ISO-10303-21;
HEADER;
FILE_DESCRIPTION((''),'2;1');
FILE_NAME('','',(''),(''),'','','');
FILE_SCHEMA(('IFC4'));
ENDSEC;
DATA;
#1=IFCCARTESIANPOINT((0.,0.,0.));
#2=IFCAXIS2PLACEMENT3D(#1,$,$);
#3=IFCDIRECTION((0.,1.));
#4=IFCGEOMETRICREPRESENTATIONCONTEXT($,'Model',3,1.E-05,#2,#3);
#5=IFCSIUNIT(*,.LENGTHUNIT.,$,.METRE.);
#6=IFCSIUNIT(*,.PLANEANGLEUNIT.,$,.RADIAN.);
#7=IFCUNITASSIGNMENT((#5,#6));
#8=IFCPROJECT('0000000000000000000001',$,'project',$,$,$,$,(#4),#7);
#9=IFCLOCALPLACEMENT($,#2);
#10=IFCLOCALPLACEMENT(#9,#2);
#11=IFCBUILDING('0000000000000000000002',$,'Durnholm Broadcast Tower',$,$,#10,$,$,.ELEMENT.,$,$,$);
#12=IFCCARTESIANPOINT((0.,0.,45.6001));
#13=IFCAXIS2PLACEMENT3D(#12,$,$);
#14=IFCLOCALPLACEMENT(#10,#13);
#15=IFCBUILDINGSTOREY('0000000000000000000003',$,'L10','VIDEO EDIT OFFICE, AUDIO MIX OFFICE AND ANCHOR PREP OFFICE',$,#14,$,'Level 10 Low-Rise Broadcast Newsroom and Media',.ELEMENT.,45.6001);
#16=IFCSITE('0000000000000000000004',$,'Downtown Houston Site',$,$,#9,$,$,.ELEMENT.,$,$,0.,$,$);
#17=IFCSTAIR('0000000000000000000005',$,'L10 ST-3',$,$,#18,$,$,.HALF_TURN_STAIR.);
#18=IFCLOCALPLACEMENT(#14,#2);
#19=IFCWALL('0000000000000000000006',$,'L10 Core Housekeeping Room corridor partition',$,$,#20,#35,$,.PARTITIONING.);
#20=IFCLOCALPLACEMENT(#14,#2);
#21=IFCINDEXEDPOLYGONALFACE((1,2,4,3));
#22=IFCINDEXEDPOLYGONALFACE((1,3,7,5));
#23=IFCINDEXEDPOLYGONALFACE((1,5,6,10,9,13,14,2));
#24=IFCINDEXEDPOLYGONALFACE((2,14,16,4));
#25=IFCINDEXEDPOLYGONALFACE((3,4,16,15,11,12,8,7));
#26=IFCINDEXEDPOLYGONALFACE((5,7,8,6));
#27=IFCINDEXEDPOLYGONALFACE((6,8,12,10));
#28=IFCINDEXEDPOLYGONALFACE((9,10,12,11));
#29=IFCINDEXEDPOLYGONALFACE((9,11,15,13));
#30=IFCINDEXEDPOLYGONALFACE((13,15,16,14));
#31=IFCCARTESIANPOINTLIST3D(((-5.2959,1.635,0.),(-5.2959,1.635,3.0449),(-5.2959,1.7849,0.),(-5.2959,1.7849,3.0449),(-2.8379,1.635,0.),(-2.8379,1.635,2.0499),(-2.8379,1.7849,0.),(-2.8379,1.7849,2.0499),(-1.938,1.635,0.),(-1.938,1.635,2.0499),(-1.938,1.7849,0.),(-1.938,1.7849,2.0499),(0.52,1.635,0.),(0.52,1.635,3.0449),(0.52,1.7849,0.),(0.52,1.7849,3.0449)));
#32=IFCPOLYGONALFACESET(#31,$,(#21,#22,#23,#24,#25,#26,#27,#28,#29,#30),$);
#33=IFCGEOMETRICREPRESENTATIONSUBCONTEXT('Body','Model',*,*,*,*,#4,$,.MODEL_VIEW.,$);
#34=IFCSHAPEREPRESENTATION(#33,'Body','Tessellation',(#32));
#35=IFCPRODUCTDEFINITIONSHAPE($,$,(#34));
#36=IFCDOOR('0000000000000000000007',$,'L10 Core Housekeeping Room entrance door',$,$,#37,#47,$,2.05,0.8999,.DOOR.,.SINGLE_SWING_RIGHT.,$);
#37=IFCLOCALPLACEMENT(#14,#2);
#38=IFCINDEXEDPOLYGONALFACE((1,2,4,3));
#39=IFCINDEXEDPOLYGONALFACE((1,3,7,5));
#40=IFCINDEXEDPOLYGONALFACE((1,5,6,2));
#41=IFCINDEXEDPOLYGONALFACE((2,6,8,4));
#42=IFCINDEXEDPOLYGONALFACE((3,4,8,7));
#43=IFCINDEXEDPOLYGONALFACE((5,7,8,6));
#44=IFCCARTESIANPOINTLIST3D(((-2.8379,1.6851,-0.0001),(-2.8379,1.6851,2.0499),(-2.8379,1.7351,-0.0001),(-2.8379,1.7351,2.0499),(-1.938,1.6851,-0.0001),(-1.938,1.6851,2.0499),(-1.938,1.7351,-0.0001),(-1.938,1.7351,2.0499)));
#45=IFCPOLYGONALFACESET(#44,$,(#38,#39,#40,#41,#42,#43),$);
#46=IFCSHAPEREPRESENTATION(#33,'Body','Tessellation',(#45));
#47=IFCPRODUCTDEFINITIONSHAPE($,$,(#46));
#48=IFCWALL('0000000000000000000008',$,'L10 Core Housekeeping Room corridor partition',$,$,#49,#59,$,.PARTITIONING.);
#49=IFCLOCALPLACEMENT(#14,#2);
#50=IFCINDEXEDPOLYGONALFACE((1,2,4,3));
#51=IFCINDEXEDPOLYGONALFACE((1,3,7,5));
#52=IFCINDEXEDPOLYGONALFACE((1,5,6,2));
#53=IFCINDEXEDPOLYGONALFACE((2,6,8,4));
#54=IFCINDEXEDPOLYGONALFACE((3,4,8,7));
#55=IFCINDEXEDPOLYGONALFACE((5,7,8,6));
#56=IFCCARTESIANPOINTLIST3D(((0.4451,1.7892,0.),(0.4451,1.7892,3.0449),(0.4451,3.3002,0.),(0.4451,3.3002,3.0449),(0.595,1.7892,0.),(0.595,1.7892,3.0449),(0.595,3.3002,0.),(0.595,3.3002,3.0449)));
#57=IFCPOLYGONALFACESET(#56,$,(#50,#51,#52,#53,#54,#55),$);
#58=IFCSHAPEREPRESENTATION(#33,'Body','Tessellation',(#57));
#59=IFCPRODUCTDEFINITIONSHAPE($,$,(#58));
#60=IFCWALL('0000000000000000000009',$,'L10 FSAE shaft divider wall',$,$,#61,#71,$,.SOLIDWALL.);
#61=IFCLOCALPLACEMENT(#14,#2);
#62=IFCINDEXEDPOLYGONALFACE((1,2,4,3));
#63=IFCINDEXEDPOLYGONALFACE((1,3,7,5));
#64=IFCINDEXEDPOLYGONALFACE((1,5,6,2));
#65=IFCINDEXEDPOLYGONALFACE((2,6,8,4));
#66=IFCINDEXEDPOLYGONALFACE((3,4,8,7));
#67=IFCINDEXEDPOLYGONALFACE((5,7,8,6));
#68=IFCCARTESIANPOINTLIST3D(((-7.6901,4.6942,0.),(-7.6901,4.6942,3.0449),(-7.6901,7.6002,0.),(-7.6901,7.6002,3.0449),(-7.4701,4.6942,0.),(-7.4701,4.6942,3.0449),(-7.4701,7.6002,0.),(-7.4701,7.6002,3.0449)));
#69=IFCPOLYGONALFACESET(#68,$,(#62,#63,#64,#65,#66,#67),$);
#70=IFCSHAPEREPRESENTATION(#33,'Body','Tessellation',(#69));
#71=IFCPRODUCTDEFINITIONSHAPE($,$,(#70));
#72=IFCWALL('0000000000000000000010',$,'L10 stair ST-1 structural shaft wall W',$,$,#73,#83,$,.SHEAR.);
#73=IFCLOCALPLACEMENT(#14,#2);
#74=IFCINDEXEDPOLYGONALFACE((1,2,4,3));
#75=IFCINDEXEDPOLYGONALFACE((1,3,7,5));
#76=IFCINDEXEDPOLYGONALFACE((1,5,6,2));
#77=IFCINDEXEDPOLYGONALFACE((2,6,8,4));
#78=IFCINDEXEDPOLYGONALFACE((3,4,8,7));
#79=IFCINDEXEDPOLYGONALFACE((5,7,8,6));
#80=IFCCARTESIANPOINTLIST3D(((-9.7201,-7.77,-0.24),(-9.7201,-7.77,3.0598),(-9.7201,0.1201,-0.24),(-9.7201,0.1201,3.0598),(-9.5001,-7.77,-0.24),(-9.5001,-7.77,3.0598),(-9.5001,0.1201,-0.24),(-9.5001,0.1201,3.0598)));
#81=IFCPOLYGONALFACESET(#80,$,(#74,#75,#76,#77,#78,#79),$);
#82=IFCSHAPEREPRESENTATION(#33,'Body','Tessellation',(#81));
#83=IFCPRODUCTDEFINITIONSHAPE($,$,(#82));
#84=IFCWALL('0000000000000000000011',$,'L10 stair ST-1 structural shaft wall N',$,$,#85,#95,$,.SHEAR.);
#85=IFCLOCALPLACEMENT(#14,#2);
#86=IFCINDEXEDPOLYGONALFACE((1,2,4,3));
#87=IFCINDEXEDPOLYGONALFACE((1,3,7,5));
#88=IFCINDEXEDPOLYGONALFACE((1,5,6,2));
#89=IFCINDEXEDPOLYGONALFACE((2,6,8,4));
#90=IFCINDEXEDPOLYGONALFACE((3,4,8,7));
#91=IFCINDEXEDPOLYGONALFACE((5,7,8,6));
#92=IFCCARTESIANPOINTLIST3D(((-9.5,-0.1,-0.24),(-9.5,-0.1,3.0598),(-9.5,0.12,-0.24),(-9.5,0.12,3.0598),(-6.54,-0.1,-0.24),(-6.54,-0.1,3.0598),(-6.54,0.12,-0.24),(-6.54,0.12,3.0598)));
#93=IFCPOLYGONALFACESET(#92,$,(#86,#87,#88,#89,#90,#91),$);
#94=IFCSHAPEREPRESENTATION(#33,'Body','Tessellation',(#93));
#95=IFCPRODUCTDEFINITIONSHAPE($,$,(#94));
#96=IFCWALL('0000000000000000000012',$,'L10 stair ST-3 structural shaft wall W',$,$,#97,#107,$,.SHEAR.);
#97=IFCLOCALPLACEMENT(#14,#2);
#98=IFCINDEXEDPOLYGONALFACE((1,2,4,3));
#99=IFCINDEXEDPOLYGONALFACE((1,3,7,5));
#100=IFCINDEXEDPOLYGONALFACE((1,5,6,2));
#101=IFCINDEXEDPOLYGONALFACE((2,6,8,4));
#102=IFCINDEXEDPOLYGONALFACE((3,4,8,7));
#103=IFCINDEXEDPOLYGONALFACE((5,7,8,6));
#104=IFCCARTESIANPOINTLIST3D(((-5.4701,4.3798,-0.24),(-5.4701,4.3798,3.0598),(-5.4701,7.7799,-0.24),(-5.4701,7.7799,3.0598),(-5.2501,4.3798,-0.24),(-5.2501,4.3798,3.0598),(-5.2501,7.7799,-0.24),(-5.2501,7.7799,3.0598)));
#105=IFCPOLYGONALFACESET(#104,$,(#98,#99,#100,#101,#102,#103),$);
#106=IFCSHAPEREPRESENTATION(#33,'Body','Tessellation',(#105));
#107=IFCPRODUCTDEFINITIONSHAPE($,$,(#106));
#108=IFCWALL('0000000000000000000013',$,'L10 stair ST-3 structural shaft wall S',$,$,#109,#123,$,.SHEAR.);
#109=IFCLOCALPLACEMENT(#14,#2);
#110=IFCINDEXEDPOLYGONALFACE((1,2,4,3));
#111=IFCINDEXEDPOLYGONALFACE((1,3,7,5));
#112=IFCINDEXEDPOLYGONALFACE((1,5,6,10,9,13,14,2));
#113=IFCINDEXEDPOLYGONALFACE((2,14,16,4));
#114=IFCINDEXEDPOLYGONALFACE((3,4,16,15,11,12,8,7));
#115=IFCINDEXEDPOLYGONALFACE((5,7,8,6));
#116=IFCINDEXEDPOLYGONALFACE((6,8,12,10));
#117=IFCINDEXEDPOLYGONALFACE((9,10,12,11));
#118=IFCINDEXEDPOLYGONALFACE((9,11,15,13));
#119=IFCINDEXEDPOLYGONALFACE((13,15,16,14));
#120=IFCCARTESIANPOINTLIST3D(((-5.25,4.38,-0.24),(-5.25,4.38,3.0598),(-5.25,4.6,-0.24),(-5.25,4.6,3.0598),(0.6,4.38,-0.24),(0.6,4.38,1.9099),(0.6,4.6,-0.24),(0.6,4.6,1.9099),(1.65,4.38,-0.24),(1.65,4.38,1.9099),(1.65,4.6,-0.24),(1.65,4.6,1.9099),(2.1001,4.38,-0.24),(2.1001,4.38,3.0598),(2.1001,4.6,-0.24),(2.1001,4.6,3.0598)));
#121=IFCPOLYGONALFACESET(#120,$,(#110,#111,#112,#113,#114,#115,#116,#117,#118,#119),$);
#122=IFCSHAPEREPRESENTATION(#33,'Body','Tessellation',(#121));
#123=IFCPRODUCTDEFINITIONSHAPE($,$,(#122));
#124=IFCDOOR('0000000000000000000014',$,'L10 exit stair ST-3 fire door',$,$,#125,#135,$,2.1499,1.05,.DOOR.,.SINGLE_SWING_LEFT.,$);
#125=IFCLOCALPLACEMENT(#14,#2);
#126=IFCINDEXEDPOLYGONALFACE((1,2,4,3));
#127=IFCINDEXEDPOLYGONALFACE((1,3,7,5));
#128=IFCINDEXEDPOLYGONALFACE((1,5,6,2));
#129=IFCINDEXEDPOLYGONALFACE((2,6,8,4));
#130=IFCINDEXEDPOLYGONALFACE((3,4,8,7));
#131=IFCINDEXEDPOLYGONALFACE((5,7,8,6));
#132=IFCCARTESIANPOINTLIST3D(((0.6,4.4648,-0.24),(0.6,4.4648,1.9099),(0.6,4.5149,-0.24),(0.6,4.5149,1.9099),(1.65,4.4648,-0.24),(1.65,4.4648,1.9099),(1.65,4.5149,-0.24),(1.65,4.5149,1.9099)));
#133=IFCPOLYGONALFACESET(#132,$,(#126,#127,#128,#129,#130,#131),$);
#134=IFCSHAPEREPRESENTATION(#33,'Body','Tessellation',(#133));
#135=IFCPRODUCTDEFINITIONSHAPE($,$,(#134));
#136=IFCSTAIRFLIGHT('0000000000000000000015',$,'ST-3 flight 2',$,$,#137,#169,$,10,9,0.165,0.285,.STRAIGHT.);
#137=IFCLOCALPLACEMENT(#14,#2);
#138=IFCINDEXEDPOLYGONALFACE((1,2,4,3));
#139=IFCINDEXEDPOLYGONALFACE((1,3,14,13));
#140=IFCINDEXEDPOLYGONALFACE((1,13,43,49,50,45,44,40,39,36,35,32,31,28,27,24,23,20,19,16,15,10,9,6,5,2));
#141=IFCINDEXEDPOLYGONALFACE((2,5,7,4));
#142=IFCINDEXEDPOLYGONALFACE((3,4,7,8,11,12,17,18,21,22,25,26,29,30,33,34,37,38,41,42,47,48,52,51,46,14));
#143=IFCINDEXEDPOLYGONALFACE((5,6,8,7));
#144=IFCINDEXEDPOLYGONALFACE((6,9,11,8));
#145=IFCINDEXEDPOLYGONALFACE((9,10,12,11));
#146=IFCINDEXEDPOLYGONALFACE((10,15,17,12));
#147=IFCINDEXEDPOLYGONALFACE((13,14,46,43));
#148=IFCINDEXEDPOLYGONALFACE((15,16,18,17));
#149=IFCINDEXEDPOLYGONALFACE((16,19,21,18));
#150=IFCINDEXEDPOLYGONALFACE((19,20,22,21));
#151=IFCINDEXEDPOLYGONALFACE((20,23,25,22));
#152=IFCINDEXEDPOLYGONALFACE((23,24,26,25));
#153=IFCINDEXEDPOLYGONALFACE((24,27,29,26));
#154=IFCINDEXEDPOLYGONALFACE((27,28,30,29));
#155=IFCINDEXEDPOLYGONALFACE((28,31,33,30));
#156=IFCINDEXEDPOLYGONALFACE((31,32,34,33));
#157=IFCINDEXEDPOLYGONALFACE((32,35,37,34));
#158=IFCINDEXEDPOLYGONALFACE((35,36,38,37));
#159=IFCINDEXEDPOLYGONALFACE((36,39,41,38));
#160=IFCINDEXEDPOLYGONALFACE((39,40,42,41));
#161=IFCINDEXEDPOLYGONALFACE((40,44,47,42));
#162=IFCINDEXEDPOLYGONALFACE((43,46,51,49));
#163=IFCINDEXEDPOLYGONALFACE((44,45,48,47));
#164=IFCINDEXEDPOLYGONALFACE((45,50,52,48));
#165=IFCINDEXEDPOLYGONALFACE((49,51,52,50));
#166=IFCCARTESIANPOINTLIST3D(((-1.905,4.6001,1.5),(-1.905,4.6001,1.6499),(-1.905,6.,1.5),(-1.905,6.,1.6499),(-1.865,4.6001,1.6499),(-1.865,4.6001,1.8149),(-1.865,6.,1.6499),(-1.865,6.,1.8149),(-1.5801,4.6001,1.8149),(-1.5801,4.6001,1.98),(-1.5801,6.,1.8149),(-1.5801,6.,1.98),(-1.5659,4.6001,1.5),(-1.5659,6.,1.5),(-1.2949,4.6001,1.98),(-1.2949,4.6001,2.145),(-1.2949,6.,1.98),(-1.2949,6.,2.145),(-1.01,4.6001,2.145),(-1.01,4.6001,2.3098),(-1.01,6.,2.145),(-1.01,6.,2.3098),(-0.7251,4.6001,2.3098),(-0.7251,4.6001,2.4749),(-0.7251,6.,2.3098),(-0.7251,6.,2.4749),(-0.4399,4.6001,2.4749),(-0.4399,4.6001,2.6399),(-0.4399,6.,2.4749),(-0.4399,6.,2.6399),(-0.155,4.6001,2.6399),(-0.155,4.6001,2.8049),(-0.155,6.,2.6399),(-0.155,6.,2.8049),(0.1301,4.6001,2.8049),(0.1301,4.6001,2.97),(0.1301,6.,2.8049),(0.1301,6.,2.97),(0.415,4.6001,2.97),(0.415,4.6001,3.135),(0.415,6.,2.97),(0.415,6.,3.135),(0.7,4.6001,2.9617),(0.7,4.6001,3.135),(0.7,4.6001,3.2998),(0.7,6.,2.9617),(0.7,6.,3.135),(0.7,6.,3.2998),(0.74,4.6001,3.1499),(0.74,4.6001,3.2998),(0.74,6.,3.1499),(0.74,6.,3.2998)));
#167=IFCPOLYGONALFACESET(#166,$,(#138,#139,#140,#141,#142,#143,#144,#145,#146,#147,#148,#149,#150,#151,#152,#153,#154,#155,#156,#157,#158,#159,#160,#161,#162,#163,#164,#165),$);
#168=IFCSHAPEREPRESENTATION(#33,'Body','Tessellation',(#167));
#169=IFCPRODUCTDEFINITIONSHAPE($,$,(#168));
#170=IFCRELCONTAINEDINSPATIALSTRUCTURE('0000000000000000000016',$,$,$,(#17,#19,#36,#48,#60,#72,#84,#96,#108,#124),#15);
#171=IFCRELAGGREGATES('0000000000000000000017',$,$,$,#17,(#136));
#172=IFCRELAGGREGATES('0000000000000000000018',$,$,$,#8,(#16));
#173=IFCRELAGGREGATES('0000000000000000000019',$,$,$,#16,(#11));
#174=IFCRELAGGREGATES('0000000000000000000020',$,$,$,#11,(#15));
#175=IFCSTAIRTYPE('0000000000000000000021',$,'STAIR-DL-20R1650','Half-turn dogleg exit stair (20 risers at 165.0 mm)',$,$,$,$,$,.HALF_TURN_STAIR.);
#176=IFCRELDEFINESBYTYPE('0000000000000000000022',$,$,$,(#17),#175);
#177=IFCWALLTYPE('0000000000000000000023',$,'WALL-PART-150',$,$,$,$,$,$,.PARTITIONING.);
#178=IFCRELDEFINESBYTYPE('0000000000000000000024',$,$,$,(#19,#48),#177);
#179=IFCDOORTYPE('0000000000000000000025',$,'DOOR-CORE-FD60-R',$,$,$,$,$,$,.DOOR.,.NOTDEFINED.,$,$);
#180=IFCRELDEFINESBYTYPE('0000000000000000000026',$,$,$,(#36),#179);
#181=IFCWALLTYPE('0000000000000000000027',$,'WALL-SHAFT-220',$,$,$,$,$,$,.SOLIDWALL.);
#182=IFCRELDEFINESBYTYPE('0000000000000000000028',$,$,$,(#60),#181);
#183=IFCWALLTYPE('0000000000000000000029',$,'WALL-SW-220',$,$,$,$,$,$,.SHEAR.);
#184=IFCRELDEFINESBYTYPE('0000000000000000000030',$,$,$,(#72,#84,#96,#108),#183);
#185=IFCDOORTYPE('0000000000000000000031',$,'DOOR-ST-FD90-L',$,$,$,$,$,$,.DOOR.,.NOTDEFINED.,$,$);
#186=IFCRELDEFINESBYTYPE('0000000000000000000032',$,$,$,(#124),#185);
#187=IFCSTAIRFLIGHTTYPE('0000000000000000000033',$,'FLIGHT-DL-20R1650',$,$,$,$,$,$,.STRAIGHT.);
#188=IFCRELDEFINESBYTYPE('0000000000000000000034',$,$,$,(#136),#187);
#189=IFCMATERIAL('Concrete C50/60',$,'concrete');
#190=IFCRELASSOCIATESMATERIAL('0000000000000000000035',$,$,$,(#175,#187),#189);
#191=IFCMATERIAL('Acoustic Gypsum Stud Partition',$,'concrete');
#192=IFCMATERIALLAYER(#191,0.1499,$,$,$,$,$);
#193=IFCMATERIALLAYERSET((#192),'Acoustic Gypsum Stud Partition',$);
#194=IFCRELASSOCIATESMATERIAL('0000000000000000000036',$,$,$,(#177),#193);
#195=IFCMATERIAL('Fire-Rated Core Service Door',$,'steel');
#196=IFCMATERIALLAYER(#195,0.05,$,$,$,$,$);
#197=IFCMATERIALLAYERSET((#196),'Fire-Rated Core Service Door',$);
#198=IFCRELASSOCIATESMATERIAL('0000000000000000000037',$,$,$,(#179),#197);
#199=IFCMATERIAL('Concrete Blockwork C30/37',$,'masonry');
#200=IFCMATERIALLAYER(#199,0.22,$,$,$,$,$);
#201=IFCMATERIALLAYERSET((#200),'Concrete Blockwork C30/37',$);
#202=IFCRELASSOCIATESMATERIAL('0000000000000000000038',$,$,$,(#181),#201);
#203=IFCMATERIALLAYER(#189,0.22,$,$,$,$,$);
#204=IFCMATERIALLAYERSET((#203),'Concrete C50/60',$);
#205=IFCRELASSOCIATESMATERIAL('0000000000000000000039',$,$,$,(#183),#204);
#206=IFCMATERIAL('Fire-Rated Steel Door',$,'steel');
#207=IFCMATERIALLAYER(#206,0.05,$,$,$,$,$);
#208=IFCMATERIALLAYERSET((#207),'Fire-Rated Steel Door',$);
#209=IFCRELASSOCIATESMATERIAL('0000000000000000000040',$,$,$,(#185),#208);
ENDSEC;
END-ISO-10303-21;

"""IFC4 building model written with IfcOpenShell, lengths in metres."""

from ifc_helpers import new_model, si_unit, direction, frame, frame_2d, origin, place, context, subcontext, project, spatial, polyline, rectangle, outline, extrude, source, transform, mapped, material, layer, layer_set, type_object, type_shapes, element, fill, aggregate, save


model = new_model("IFC4")

# Units and contexts
model_context = context("Model", 3, precision=1e-05, world=origin(), true_north=direction((0.0, 1.0)))
body_context = subcontext(model_context, "Body", "Model", "MODEL_VIEW")
ifc_project = project(units=[si_unit("LENGTHUNIT", "METRE"), si_unit("PLANEANGLEUNIT", "RADIAN")], contexts=[model_context])

# Site, building, storey
site_placement = place(None, origin())
site = spatial("IfcSite", under=ifc_project, at=site_placement, Name="Downtown Houston Site", CompositionType="ELEMENT", RefElevation=0.0)
building_placement = place(site_placement, origin())
building = spatial("IfcBuilding", under=site, at=building_placement, Name="Durnholm Broadcast Tower", CompositionType="ELEMENT")
storey_placement = place(building_placement, frame((0.0, 0.0, 45.6001)))
storey = spatial("IfcBuildingStorey", under=building, at=storey_placement, Name="L10", Description="VIDEO EDIT OFFICE, AUDIO MIX OFFICE AND ANCHOR PREP OFFICE", LongName="Level 10 Low-Rise Broadcast Newsroom and Media", CompositionType="ELEMENT", Elevation=45.6001)

# Stair
ifc_material_1 = material(Name="Concrete C50/60", Category="concrete")
stair_type = type_object("IfcStairType", Name="STAIR-DL-20R1650", Description="Half-turn dogleg exit stair (20 risers at 165.0 mm)", PredefinedType="HALF_TURN_STAIR", material=ifc_material_1)
stair_1_placement = place(storey_placement, origin())
stair_1 = element("IfcStair", 1, at=stair_1_placement, inside=storey, type_object=stair_type, Name="L10 ST-3", PredefinedType="HALF_TURN_STAIR")

# Wall, opening, door
ifc_material_2 = material(Name="Acoustic Gypsum Stud Partition", Category="concrete")
ifc_layer_1 = layer(ifc_material_2, 0.1499)
ifc_layer_set_1 = layer_set([ifc_layer_1], Name="Acoustic Gypsum Stud Partition")
wall_type_1 = type_object("IfcWallType", Name="WALL-PART-150", PredefinedType="PARTITIONING", material=ifc_layer_set_1)
wall_1_placement = place(storey_placement, frame((0.52, 1.71, 0.0), z_axis=(0.0, 0.0, 1.0), x_axis=(-1.0, 0.0, 0.0)))
wall_1 = element("IfcWall", 2, at=wall_1_placement, inside=storey, type_object=wall_type_1, Name="L10 Core Housekeeping Room corridor partition", PredefinedType="PARTITIONING", context=body_context, shape_type="SweptSolid", body=[
    extrude(rectangle(XDim=5.8159, YDim=0.1499, at=frame_2d((2.908, 0.0))), origin(), (0.0, 0.0, 1.0), 3.0449),
])
opening_1_placement = place(wall_1_placement, frame((2.458, 0.0, 0.0)))
opening_1 = element("IfcOpeningElement", 3, at=opening_1_placement, cuts=wall_1, PredefinedType="OPENING", context=body_context, shape_type="SweptSolid", body=[
    extrude(rectangle(XDim=0.8999, YDim=2.05, at=frame_2d((0.45, 1.0249))), frame((0.0, 0.085, 0.0), z_axis=(0.0, -1.0, 0.0), x_axis=(1.0, 0.0, 0.0)), (0.0, 0.0, 1.0), 0.1699),
])
ifc_material_3 = material(Name="Fire-Rated Core Service Door", Category="steel")
ifc_layer_2 = layer(ifc_material_3, 0.05)
ifc_layer_set_2 = layer_set([ifc_layer_2], Name="Fire-Rated Core Service Door")
door_type_1 = type_object("IfcDoorType", Name="DOOR-CORE-FD60-R", OperationType="NOTDEFINED", PredefinedType="DOOR", material=ifc_layer_set_2)
shared_shape_1 = source(origin(), body_context, "Body", "SweptSolid", [
    extrude(rectangle(XDim=0.8999, YDim=2.05, at=frame_2d((0.45, 1.0249))), frame((0.0, 0.0249, 0.0), z_axis=(0.0, -1.0, 0.0), x_axis=(1.0, 0.0, 0.0)), (0.0, 0.0, 1.0), 0.05),
])
type_shapes(door_type_1, [shared_shape_1])
door_1_placement = place(opening_1_placement, origin())
door_1 = element("IfcDoor", 4, at=door_1_placement, inside=storey, type_object=door_type_1, Name="L10 Core Housekeeping Room entrance door", OperationType="SINGLE_SWING_RIGHT", OverallHeight=2.05, OverallWidth=0.8999, PredefinedType="DOOR", context=body_context, shape_type="MappedRepresentation", body=[
    mapped(shared_shape_1, transform((0.0, 0.0, 0.0), x_axis=(1.0, 0.0, 0.0), y_axis=(0.0, 1.0, 0.0), z_axis=(0.0, 0.0, 1.0), scale=1.0)),
])
fill(opening_1, door_1)

# Wall
wall_2_placement = place(storey_placement, frame((0.52, 3.3, 0.0), z_axis=(0.0, 0.0, 1.0), x_axis=(0.0, -1.0, 0.0)))
element("IfcWall", 5, at=wall_2_placement, inside=storey, type_object=wall_type_1, Name="L10 Core Housekeeping Room corridor partition", PredefinedType="PARTITIONING", context=body_context, shape_type="SweptSolid", body=[
    extrude(rectangle(XDim=1.511, YDim=0.1499, at=frame_2d((0.7554, 0.0))), origin(), (0.0, 0.0, 1.0), 3.0449),
])

# Shared definitions
ifc_material_4 = material(Name="Concrete Blockwork C30/37", Category="masonry")
ifc_layer_3 = layer(ifc_material_4, 0.22)
ifc_layer_set_3 = layer_set([ifc_layer_3], Name="Concrete Blockwork C30/37")
wall_type_2 = type_object("IfcWallType", Name="WALL-SHAFT-220", PredefinedType="SOLIDWALL", material=ifc_layer_set_3)

# Walls
wall_3_placement = place(storey_placement, frame((-7.5801, 4.6941, 0.0), z_axis=(0.0, 0.0, 1.0), x_axis=(0.0, 1.0, 0.0)))
element("IfcWall", 6, at=wall_3_placement, inside=storey, type_object=wall_type_2, Name="L10 FSAE shaft divider wall", PredefinedType="SOLIDWALL", context=body_context, shape_type="SweptSolid", body=[
    extrude(rectangle(XDim=2.906, YDim=0.22, at=frame_2d((1.4531, 0.0))), origin(), (0.0, 0.0, 1.0), 3.0449),
])
ifc_layer_4 = layer(ifc_material_1, 0.22)
ifc_layer_set_4 = layer_set([ifc_layer_4], Name="Concrete C50/60")
wall_type_3 = type_object("IfcWallType", Name="WALL-SW-220", PredefinedType="SHEAR", material=ifc_layer_set_4)
wall_4_placement = place(storey_placement, frame((-9.6101, 0.1201, -0.24), z_axis=(0.0, 0.0, 1.0), x_axis=(0.0, -1.0, 0.0)))
element("IfcWall", 7, at=wall_4_placement, inside=storey, type_object=wall_type_3, Name="L10 stair ST-1 structural shaft wall W", PredefinedType="SHEAR", context=body_context, shape_type="SweptSolid", body=[
    extrude(rectangle(XDim=7.8901, YDim=0.22, at=frame_2d((3.9451, 0.0))), origin(), (0.0, 0.0, 1.0), 3.2998),
])
wall_5_placement = place(storey_placement, frame((-6.54, 0.01, -0.24), z_axis=(0.0, 0.0, 1.0), x_axis=(-1.0, 0.0, 0.0)))
element("IfcWall", 8, at=wall_5_placement, inside=storey, type_object=wall_type_3, Name="L10 stair ST-1 structural shaft wall N", PredefinedType="SHEAR", context=body_context, shape_type="SweptSolid", body=[
    extrude(rectangle(XDim=2.96, YDim=0.22, at=frame_2d((1.48, 0.0))), origin(), (0.0, 0.0, 1.0), 3.2998),
])
wall_6_placement = place(storey_placement, frame((-5.3601, 7.78, -0.24), z_axis=(0.0, 0.0, 1.0), x_axis=(0.0, -1.0, 0.0)))
element("IfcWall", 9, at=wall_6_placement, inside=storey, type_object=wall_type_3, Name="L10 stair ST-3 structural shaft wall W", PredefinedType="SHEAR", context=body_context, shape_type="SweptSolid", body=[
    extrude(rectangle(XDim=3.4001, YDim=0.22, at=frame_2d((1.7002, 0.0))), origin(), (0.0, 0.0, 1.0), 3.2998),
])

# Wall, opening, door
wall_7_placement = place(storey_placement, frame((-5.25, 4.49, -0.24), z_axis=(0.0, 0.0, 1.0), x_axis=(1.0, 0.0, 0.0)))
wall_7 = element("IfcWall", 10, at=wall_7_placement, inside=storey, type_object=wall_type_3, Name="L10 stair ST-3 structural shaft wall S", PredefinedType="SHEAR", context=body_context, shape_type="SweptSolid", body=[
    extrude(rectangle(XDim=7.3501, YDim=0.22, at=frame_2d((3.675, 0.0))), origin(), (0.0, 0.0, 1.0), 3.2998),
])
opening_2_placement = place(wall_7_placement, frame((5.8501, 0.0, 0.0)))
opening_2 = element("IfcOpeningElement", 11, at=opening_2_placement, cuts=wall_7, PredefinedType="OPENING", context=body_context, shape_type="SweptSolid", body=[
    extrude(rectangle(XDim=1.05, YDim=2.1499, at=frame_2d((0.5249, 1.075))), frame((0.0, 0.1201, 0.0), z_axis=(0.0, -1.0, 0.0), x_axis=(1.0, 0.0, 0.0)), (0.0, 0.0, 1.0), 0.24),
])
ifc_material_5 = material(Name="Fire-Rated Steel Door", Category="steel")
ifc_layer_5 = layer(ifc_material_5, 0.05)
ifc_layer_set_5 = layer_set([ifc_layer_5], Name="Fire-Rated Steel Door")
door_type_2 = type_object("IfcDoorType", Name="DOOR-ST-FD90-L", OperationType="NOTDEFINED", PredefinedType="DOOR", material=ifc_layer_set_5)
shared_shape_2 = source(origin(), body_context, "Body", "SweptSolid", [
    extrude(rectangle(XDim=1.05, YDim=2.1499, at=frame_2d((0.5249, 1.075))), frame((0.0, 0.0249, 0.0), z_axis=(0.0, -1.0, 0.0), x_axis=(1.0, 0.0, 0.0)), (0.0, 0.0, 1.0), 0.05),
])
type_shapes(door_type_2, [shared_shape_2])
door_2_placement = place(opening_2_placement, origin())
door_2 = element("IfcDoor", 12, at=door_2_placement, inside=storey, type_object=door_type_2, Name="L10 exit stair ST-3 fire door", OperationType="SINGLE_SWING_LEFT", OverallHeight=2.1499, OverallWidth=1.05, PredefinedType="DOOR", context=body_context, shape_type="MappedRepresentation", body=[
    mapped(shared_shape_2, transform((0.0, 0.0, 0.0), x_axis=(1.0, 0.0, 0.0), y_axis=(0.0, 1.0, 0.0), z_axis=(0.0, 0.0, 1.0), scale=1.0)),
])
fill(opening_2, door_2)

# Stair flight
stair_flight_type = type_object("IfcStairFlightType", Name="FLIGHT-DL-20R1650", PredefinedType="STRAIGHT", material=ifc_material_1)
stair_flight_placement = place(storey_placement, frame((-1.865, 5.3, 1.6499), z_axis=(0.0, 0.0, 1.0), x_axis=(1.0, 0.0, 0.0)))
stair_flight = element("IfcStairFlight", 13, at=stair_flight_placement, type_object=stair_flight_type, Name="ST-3 flight 2", NumberOfRisers=10, NumberOfTreads=9, PredefinedType="STRAIGHT", RiserHeight=0.165, TreadLength=0.285, context=body_context, shape_type="SweptSolid", body=[
    extrude(outline(polyline([(-0.04, -0.1499), (-0.04, 0.0), (0.0, 0.0), (0.0, 0.165), (0.2849, 0.165), (0.2849, 0.3301), (0.5701, 0.3301), (0.5701, 0.4951), (0.855, 0.4951), (0.855, 0.6599), (1.1399, 0.6599), (1.1399, 0.825), (1.425, 0.825), (1.425, 0.99), (1.71, 0.99), (1.71, 1.155), (1.9951, 1.155), (1.9951, 1.3201), (2.28, 1.3201), (2.28, 1.4851), (2.5649, 1.4851), (2.5649, 1.6499), (2.605, 1.6499), (2.605, 1.5), (2.5649, 1.3118), (0.2991, -0.1499), (-0.04, -0.1499)])), frame((0.0, 0.7, 0.0), z_axis=(0.0, -1.0, 0.0), x_axis=(1.0, 0.0, 0.0)), (0.0, 0.0, 1.0), 1.3999),
])
aggregate(stair_1, [stair_flight])

save(model, "model.ifc")
